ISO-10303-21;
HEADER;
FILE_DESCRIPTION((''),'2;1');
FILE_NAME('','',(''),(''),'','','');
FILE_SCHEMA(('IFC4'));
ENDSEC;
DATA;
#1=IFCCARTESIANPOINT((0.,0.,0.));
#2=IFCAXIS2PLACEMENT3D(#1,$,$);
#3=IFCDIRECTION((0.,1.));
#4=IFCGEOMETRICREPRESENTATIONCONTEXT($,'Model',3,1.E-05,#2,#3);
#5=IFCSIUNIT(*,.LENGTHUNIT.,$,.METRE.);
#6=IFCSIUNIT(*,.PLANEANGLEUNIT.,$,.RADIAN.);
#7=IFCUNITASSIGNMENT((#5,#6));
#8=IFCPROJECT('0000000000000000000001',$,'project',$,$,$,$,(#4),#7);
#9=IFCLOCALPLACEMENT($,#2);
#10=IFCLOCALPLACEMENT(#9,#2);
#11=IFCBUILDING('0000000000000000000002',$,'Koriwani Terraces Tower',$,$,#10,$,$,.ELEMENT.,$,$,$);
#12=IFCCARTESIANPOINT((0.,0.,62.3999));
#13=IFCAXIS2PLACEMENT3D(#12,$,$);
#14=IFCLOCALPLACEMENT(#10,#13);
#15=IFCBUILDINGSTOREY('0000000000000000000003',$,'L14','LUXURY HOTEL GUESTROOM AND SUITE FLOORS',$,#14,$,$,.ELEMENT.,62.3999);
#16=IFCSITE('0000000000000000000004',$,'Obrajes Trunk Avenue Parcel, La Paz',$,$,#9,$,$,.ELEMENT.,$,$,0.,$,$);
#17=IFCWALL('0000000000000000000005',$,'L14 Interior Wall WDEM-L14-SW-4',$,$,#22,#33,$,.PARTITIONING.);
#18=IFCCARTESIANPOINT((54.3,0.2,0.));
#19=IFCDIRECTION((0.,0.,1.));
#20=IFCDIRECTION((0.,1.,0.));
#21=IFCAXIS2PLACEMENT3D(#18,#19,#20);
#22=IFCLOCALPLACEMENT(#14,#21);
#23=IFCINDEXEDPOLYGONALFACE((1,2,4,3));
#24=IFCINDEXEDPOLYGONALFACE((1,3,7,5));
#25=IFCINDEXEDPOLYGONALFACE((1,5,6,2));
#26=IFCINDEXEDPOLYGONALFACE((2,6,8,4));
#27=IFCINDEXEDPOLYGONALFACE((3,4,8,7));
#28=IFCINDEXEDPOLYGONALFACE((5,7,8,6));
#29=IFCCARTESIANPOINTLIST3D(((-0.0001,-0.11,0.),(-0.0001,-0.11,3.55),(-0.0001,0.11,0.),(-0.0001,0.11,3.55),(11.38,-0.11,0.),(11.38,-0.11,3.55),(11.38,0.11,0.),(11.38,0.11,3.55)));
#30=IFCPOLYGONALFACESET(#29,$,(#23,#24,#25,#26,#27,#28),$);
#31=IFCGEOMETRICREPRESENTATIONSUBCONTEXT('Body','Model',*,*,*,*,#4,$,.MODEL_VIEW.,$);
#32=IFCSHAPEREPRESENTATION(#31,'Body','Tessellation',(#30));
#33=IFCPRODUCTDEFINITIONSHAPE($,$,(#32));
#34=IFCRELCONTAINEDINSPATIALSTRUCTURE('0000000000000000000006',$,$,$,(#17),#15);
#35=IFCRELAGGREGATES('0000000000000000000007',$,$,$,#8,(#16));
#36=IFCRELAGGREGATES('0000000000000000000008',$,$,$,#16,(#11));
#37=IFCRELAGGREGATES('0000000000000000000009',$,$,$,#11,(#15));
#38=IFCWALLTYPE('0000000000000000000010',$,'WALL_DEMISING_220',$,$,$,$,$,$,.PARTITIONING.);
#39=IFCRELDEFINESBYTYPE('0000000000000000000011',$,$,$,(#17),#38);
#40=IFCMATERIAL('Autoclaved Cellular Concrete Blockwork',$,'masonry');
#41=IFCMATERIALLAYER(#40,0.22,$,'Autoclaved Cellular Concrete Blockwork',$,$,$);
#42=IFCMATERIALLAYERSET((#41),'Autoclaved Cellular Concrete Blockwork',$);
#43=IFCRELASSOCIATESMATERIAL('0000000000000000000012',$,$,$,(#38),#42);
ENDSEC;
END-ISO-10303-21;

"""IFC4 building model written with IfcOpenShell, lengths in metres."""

from ifc_helpers import new_model, si_unit, direction, frame, frame_2d, origin, place, context, subcontext, project, spatial, rectangle, extrude, material, layer, layer_set, type_object, element, save


model = new_model("IFC4")

# Units and contexts
model_context = context("Model", 3, precision=1e-05, world=origin(), true_north=direction((0.0, 1.0)))
body_context = subcontext(model_context, "Body", "Model", "MODEL_VIEW")
ifc_project = project(units=[si_unit("LENGTHUNIT", "METRE"), si_unit("PLANEANGLEUNIT", "RADIAN")], contexts=[model_context])

# Site, building, storey
site_placement = place(None, origin())
site = spatial("IfcSite", under=ifc_project, at=site_placement, Name="Obrajes Trunk Avenue Parcel, La Paz", CompositionType="ELEMENT", RefElevation=0.0)
building_placement = place(site_placement, origin())
building = spatial("IfcBuilding", under=site, at=building_placement, Name="Koriwani Terraces Tower", CompositionType="ELEMENT")
storey_placement = place(building_placement, frame((0.0, 0.0, 62.3999)))
storey = spatial("IfcBuildingStorey", under=building, at=storey_placement, Name="L14", Description="LUXURY HOTEL GUESTROOM AND SUITE FLOORS", CompositionType="ELEMENT", Elevation=62.3999)

# Wall
ifc_material_1 = material(Name="Autoclaved Cellular Concrete Blockwork", Category="masonry")
ifc_layer_1 = layer(ifc_material_1, 0.22, Name="Autoclaved Cellular Concrete Blockwork")
ifc_layer_set_1 = layer_set([ifc_layer_1], Name="Autoclaved Cellular Concrete Blockwork")
wall_type_1 = type_object("IfcWallType", Name="WALL_DEMISING_220", PredefinedType="PARTITIONING", material=ifc_layer_set_1)
wall_1_placement = place(storey_placement, frame((54.3, 0.2, 0.0), z_axis=(0.0, 0.0, 1.0), x_axis=(0.0, 1.0, 0.0)))
element("IfcWall", 1, at=wall_1_placement, inside=storey, type_object=wall_type_1, Name="L14 Interior Wall WDEM-L14-SW-4", PredefinedType="PARTITIONING", context=body_context, shape_type="SweptSolid", body=[
    extrude(rectangle(XDim=11.3801, YDim=0.22, at=frame_2d((5.6899, 0.0))), origin(), (0.0, 0.0, 1.0), 3.55),
])

save(model, "model.ifc")
